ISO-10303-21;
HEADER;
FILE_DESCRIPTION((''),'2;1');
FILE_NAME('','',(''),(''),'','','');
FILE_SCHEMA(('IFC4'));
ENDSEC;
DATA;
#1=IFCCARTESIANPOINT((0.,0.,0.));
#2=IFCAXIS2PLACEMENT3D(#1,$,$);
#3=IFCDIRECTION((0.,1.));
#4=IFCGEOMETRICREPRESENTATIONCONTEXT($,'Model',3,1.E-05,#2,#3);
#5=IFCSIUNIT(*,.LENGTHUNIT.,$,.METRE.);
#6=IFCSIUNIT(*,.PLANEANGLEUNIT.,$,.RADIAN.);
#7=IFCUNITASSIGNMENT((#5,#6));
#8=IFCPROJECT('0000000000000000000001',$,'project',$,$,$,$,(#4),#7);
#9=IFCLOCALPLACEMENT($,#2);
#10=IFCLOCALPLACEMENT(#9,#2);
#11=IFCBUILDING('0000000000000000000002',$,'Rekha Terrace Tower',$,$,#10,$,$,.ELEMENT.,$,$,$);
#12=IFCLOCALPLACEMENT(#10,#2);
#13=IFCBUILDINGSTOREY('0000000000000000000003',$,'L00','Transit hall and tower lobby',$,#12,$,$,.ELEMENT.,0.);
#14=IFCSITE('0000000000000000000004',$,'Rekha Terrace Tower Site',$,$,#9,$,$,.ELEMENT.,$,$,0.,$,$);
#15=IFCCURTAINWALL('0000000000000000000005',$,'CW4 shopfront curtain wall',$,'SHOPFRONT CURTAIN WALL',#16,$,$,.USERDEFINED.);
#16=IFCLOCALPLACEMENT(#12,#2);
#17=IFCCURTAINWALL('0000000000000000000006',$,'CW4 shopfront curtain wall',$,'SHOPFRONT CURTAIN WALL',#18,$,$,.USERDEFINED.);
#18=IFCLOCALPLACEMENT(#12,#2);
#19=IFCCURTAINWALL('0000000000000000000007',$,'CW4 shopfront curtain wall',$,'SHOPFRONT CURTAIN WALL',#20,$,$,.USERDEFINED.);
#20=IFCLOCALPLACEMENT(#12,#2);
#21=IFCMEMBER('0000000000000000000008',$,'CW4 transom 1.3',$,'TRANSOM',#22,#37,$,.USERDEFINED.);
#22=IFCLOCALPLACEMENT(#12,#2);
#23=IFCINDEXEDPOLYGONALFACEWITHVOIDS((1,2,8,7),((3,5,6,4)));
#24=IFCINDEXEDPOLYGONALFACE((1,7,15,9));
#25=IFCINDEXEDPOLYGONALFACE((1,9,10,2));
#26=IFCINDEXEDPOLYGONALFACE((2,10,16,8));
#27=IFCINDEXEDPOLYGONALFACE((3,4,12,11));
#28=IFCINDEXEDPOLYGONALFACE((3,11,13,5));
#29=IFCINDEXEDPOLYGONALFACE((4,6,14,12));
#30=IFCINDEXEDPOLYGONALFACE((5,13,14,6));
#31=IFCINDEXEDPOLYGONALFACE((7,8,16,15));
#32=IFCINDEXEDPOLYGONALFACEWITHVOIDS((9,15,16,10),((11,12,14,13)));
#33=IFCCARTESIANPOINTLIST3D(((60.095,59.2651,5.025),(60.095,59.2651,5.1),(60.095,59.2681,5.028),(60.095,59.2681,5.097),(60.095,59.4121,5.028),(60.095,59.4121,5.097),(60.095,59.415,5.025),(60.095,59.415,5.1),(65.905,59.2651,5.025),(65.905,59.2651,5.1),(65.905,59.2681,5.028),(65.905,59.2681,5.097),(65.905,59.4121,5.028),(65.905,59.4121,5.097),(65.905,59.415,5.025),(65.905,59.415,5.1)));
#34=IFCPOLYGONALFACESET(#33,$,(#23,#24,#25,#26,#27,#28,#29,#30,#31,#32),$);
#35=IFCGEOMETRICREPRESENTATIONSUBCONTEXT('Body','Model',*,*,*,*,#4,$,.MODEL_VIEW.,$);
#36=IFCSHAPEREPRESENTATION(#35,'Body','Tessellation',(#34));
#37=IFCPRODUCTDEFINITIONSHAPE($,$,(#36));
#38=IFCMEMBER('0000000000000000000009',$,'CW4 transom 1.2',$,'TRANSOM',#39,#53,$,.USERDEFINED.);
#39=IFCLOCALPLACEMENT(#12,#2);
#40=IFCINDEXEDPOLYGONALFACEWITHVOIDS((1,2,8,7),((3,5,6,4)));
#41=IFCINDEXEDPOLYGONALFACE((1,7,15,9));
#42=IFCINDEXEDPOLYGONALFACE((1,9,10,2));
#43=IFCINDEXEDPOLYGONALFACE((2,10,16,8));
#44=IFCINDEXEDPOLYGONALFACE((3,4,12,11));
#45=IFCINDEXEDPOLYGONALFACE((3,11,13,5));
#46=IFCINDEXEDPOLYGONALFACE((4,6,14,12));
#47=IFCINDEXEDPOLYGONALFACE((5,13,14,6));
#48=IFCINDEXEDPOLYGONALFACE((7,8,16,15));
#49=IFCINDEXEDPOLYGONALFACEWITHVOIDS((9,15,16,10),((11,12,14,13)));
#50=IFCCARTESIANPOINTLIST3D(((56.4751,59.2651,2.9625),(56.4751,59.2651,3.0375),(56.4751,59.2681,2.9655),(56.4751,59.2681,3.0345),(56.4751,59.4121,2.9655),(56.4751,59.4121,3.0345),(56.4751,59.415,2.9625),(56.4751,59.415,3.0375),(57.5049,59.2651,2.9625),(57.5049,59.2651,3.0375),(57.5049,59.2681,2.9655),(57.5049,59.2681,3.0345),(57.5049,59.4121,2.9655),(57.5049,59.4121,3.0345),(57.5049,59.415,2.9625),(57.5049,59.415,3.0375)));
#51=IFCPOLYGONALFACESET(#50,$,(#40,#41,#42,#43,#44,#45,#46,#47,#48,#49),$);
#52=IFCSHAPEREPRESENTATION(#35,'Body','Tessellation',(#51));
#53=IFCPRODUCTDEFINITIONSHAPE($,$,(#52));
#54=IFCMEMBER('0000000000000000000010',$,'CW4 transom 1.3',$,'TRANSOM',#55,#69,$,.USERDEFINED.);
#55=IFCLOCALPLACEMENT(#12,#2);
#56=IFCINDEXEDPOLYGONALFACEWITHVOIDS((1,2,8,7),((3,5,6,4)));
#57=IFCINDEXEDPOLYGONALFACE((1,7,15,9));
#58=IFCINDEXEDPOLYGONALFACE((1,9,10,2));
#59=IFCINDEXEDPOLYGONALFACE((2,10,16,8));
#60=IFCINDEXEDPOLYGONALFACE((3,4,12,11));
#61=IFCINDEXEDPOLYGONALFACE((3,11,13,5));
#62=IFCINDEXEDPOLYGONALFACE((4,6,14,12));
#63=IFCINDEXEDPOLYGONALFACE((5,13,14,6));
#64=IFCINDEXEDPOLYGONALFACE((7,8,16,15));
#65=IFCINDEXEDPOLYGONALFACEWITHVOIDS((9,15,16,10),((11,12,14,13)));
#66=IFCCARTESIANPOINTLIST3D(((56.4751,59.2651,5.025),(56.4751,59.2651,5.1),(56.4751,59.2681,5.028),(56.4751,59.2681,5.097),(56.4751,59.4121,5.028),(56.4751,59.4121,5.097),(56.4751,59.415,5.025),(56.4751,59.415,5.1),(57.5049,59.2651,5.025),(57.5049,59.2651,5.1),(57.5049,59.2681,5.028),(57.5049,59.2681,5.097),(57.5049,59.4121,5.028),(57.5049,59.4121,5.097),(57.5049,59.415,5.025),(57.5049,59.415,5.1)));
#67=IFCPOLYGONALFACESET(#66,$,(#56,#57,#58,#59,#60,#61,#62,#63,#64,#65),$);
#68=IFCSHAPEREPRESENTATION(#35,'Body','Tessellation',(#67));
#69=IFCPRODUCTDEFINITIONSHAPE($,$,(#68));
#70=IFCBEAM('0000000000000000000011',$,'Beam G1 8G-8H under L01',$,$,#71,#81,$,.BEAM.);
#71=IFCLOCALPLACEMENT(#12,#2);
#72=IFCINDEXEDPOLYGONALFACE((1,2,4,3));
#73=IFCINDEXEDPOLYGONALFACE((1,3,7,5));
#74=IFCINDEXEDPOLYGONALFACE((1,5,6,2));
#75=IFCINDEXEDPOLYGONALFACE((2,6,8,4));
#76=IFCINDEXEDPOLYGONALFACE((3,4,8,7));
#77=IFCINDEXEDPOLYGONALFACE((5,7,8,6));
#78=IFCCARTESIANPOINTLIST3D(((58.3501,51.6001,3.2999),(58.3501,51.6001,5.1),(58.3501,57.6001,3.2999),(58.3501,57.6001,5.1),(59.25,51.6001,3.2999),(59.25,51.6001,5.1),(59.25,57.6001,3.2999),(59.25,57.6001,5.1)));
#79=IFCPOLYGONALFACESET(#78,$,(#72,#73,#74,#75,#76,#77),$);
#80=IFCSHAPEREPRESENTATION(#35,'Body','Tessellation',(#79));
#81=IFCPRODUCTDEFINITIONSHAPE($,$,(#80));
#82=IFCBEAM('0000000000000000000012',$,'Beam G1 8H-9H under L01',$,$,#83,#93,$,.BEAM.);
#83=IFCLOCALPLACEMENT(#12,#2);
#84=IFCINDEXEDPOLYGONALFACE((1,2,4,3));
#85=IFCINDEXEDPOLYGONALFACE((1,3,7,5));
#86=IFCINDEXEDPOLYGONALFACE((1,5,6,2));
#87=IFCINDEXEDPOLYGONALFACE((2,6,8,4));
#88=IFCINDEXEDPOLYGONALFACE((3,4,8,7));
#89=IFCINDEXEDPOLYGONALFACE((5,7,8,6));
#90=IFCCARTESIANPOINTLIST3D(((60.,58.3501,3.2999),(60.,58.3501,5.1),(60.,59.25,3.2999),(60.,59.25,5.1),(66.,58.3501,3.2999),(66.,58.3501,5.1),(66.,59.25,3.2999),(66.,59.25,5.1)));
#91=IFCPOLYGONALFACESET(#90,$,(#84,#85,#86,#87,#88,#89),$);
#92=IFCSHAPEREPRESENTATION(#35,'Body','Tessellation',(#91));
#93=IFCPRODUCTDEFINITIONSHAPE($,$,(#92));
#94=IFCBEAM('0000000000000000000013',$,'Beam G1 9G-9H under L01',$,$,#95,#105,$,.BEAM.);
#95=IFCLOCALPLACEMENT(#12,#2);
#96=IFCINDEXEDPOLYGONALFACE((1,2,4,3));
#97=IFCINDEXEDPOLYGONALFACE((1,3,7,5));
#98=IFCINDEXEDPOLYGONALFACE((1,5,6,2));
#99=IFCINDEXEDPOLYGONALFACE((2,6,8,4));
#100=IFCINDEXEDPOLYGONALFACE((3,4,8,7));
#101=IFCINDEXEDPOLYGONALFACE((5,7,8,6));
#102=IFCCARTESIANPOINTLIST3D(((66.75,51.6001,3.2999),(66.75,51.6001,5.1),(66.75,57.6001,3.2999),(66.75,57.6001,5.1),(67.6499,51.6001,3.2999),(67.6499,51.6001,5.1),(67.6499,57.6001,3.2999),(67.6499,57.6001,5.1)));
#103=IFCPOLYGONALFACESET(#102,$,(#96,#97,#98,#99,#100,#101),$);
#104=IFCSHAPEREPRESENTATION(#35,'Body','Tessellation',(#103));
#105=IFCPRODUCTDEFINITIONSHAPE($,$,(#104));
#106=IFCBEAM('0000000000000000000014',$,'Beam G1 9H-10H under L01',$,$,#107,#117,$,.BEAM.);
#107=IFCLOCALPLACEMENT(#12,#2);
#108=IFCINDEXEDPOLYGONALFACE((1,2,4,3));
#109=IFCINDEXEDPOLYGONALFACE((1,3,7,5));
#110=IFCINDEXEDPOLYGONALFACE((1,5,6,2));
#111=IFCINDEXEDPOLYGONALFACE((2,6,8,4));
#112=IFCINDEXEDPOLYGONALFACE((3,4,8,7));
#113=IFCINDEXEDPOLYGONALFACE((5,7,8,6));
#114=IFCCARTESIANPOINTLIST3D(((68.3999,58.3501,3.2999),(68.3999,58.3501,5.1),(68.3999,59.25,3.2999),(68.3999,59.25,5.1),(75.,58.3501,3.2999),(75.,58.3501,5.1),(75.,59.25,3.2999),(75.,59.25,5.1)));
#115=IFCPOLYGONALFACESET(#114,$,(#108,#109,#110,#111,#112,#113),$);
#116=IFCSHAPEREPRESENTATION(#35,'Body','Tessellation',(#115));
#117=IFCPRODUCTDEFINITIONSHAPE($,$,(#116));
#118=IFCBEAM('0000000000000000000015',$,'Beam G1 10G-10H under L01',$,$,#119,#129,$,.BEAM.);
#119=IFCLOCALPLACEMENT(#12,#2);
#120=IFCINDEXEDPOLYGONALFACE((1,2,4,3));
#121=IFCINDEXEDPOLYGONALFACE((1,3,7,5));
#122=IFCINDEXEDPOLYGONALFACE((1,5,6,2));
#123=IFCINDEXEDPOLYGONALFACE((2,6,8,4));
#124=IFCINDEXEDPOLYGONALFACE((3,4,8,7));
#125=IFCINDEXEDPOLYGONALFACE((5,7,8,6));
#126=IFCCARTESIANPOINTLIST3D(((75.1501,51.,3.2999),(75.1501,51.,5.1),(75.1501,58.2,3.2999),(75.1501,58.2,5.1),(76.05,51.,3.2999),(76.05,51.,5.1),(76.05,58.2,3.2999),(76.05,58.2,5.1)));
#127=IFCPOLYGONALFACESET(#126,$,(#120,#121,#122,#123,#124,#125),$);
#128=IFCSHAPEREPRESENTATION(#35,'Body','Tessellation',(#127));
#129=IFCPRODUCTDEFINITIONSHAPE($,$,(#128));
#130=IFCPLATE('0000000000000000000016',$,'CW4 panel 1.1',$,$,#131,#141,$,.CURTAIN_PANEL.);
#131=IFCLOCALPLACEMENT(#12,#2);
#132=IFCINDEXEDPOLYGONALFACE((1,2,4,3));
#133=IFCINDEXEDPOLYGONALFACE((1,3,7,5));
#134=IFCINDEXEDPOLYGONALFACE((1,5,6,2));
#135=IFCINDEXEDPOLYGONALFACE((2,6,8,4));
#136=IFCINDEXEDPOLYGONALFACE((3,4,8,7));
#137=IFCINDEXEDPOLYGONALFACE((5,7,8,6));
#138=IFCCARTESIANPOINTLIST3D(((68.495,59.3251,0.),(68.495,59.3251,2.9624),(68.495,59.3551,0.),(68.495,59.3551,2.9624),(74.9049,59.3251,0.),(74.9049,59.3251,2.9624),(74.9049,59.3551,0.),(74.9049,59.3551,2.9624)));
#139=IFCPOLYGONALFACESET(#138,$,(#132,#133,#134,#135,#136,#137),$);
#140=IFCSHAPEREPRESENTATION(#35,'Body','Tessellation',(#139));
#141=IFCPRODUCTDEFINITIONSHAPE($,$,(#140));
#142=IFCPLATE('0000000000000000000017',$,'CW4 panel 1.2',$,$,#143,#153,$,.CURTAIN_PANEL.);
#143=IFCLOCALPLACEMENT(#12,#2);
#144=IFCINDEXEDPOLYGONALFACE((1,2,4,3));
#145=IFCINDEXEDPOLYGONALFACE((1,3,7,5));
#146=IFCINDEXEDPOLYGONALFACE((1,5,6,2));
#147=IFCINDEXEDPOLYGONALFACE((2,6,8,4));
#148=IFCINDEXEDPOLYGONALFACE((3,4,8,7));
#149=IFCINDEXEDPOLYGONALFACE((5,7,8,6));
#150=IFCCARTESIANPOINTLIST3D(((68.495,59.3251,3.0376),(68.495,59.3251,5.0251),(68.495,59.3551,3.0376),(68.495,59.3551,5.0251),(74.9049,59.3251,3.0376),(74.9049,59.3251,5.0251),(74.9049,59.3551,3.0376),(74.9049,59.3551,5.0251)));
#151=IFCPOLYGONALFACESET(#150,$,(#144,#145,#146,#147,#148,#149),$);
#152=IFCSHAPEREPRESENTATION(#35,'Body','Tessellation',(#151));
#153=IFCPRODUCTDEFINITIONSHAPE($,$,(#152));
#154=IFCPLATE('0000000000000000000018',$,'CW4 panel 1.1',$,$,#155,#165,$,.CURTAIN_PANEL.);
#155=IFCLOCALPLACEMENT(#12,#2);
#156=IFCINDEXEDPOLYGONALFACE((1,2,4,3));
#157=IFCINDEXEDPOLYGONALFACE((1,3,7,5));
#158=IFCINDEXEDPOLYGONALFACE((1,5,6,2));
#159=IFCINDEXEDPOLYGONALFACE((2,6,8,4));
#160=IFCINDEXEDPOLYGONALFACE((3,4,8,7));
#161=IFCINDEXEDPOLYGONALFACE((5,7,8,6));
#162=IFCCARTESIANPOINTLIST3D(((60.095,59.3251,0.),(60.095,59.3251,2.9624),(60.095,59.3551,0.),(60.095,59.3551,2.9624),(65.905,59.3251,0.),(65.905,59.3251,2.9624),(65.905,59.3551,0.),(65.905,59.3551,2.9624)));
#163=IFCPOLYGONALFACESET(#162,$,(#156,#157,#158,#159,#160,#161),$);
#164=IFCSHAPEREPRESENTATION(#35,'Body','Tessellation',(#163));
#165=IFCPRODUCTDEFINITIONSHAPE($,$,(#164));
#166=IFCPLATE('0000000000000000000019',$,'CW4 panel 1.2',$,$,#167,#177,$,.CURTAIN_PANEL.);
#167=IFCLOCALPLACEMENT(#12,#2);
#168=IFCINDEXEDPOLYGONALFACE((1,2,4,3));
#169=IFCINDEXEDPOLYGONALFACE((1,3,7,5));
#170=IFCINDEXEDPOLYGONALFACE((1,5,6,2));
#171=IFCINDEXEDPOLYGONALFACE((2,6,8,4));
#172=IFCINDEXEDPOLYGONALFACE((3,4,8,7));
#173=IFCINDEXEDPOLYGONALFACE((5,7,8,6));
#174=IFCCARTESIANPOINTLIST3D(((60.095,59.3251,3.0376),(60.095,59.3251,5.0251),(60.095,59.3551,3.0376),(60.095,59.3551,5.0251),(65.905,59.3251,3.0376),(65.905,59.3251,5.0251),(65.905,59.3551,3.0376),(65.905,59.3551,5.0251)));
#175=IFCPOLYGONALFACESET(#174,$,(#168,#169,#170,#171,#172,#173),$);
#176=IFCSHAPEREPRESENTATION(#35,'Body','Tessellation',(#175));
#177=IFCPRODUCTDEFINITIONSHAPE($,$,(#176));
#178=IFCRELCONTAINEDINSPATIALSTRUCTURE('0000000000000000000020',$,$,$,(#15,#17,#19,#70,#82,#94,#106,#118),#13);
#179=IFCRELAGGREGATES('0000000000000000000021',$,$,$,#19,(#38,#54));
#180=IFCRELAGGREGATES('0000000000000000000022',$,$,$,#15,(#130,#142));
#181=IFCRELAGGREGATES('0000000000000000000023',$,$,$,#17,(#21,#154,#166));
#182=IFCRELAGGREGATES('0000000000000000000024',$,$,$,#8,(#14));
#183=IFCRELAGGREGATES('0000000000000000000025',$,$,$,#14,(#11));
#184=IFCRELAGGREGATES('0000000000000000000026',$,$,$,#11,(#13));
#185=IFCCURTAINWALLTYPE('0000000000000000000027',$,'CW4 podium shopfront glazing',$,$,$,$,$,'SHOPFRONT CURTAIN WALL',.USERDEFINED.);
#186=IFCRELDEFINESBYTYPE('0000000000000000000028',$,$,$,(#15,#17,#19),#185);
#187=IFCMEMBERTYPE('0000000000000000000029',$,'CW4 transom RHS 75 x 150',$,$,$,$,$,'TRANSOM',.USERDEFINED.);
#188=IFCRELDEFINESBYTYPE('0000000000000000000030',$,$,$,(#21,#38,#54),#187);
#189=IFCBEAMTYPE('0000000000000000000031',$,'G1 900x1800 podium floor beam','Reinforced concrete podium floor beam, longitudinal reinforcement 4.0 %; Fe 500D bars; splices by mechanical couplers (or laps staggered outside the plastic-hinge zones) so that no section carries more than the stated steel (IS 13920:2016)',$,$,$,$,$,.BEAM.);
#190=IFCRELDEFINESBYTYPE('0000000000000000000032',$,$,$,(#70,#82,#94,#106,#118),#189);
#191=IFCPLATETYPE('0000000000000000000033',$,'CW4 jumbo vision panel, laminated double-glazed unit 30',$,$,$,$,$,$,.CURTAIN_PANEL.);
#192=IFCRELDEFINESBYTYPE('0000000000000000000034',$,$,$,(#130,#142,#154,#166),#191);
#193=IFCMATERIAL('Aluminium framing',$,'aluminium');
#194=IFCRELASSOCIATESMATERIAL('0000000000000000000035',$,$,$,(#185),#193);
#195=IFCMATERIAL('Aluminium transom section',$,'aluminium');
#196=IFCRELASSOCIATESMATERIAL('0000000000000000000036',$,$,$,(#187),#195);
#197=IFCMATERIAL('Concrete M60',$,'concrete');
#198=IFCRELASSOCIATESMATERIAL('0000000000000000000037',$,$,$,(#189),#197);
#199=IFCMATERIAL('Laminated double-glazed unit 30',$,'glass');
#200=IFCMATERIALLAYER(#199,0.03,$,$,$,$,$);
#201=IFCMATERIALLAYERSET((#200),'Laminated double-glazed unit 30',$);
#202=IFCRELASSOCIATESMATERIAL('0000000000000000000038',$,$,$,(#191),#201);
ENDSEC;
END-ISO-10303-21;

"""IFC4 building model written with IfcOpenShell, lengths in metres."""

from ifc_helpers import new_model, si_unit, direction, frame, origin, origin_2d, place, context, subcontext, project, spatial, rectangle, hollow_rectangle, extrude, material, layer, layer_set, material_profile, profile_set, type_object, element, aggregate, save


model = new_model("IFC4")

# Units and contexts
model_context = context("Model", 3, precision=1e-05, world=origin(), true_north=direction((0.0, 1.0)))
body_context = subcontext(model_context, "Body", "Model", "MODEL_VIEW")
ifc_project = project(units=[si_unit("LENGTHUNIT", "METRE"), si_unit("PLANEANGLEUNIT", "RADIAN")], contexts=[model_context])

# Site, building, storey
site_placement = place(None, origin())
site = spatial("IfcSite", under=ifc_project, at=site_placement, Name="Rekha Terrace Tower Site", CompositionType="ELEMENT", RefElevation=0.0)
building_placement = place(site_placement, origin())
building = spatial("IfcBuilding", under=site, at=building_placement, Name="Rekha Terrace Tower", CompositionType="ELEMENT")
storey_placement = place(building_placement, origin())
storey = spatial("IfcBuildingStorey", under=building, at=storey_placement, Name="L00", Description="Transit hall and tower lobby", CompositionType="ELEMENT", Elevation=0.0)

# Shared definitions
ifc_material_1 = material(Name="Concrete M60", Category="concrete")

# Curtain walls
ifc_material_2 = material(Name="Aluminium framing", Category="aluminium")
curtain_wall_type = type_object("IfcCurtainWallType", Name="CW4 podium shopfront glazing", ElementType="SHOPFRONT CURTAIN WALL", PredefinedType="USERDEFINED", material=ifc_material_2)
curtain_wall_1_placement = place(storey_placement, origin())
curtain_wall_1 = element("IfcCurtainWall", 1, at=curtain_wall_1_placement, inside=storey, type_object=curtain_wall_type, Name="CW4 shopfront curtain wall", ObjectType="SHOPFRONT CURTAIN WALL", PredefinedType="USERDEFINED")
curtain_wall_2_placement = place(storey_placement, origin())
curtain_wall_2 = element("IfcCurtainWall", 2, at=curtain_wall_2_placement, inside=storey, type_object=curtain_wall_type, Name="CW4 shopfront curtain wall", ObjectType="SHOPFRONT CURTAIN WALL", PredefinedType="USERDEFINED")

# Curtain wall
curtain_wall_3_placement = place(storey_placement, origin())
curtain_wall_3 = element("IfcCurtainWall", 3, at=curtain_wall_3_placement, inside=storey, type_object=curtain_wall_type, Name="CW4 shopfront curtain wall", ObjectType="SHOPFRONT CURTAIN WALL", PredefinedType="USERDEFINED")

# Members
ifc_material_3 = material(Name="Aluminium transom section", Category="aluminium")
ifc_material_profile_1 = material_profile(ifc_material_3, hollow_rectangle(XDim=0.1499, YDim=0.075, WallThickness=0.0029, at=origin_2d()), Name="AL RHS 150x75")
ifc_profile_set_1 = profile_set([ifc_material_profile_1], Name="Aluminium transom section")
member_type_1 = type_object("IfcMemberType", Name="CW4 transom RHS 75 x 150", ElementType="TRANSOM", PredefinedType="USERDEFINED", material=ifc_profile_set_1)
member_1_placement = place(storey_placement, frame((65.905, 59.3401, 5.0625), z_axis=(-1.0, 0.0, 0.0), x_axis=(0.0, -1.0, 0.0)))
member_1 = element("IfcMember", 4, at=member_1_placement, type_object=member_type_1, Name="CW4 transom 1.3", ObjectType="TRANSOM", PredefinedType="USERDEFINED", context=body_context, shape_type="SweptSolid", body=[
    extrude(hollow_rectangle(XDim=0.1499, YDim=0.075, WallThickness=0.0029, at=origin_2d()), origin(), (0.0, 0.0, 1.0), 5.8101),
])
member_2_placement = place(storey_placement, frame((57.5049, 59.3401, 3.0), z_axis=(-1.0, 0.0, 0.0), x_axis=(0.0, -1.0, 0.0)))
member_2 = element("IfcMember", 5, at=member_2_placement, type_object=member_type_1, Name="CW4 transom 1.2", ObjectType="TRANSOM", PredefinedType="USERDEFINED", context=body_context, shape_type="SweptSolid", body=[
    extrude(hollow_rectangle(XDim=0.1499, YDim=0.075, WallThickness=0.0029, at=origin_2d()), origin(), (0.0, 0.0, 1.0), 1.0298),
])
member_3_placement = place(storey_placement, frame((57.5049, 59.3401, 5.0625), z_axis=(-1.0, 0.0, 0.0), x_axis=(0.0, -1.0, 0.0)))
member_3 = element("IfcMember", 6, at=member_3_placement, type_object=member_type_1, Name="CW4 transom 1.3", ObjectType="TRANSOM", PredefinedType="USERDEFINED", context=body_context, shape_type="SweptSolid", body=[
    extrude(hollow_rectangle(XDim=0.1499, YDim=0.075, WallThickness=0.0029, at=origin_2d()), origin(), (0.0, 0.0, 1.0), 1.0298),
])
aggregate(curtain_wall_3, [member_2, member_3])

# Beams
ifc_material_profile_2 = material_profile(ifc_material_1, rectangle(XDim=0.8999, YDim=1.8, at=origin_2d()), Name="RC 900x1800")
ifc_profile_set_2 = profile_set([ifc_material_profile_2], Name="Concrete M60")
beam_type = type_object("IfcBeamType", Name="G1 900x1800 podium floor beam", Description="Reinforced concrete podium floor beam, longitudinal reinforcement 4.0 %; Fe 500D bars; splices by mechanical couplers (or laps staggered outside the plastic-hinge zones) so that no section carries more than the stated steel (IS 13920:2016)", PredefinedType="BEAM", material=ifc_profile_set_2)
for number, where, z_axis, x_axis, name in (
    (7, (58.8, 51.6001, 4.2), (0.0, 1.0, 0.0), (-1.0, 0.0, 0.0), "Beam G1 8G-8H under L01"),
    (8, (60.0, 58.8, 4.2), (1.0, 0.0, 0.0), (0.0, 1.0, 0.0), "Beam G1 8H-9H under L01"),
    (9, (67.2, 51.6001, 4.2), (0.0, 1.0, 0.0), (-1.0, 0.0, 0.0), "Beam G1 9G-9H under L01"),
):
    element("IfcBeam", number, at=place(storey_placement, frame(where, z_axis=z_axis, x_axis=x_axis)), inside=storey, type_object=beam_type, Name=name, PredefinedType="BEAM", context=body_context, shape_type="SweptSolid", body=[
        extrude(rectangle(XDim=0.8999, YDim=1.8, at=origin_2d()), origin(), (0.0, 0.0, 1.0), 6.0),
    ])
beam_1_placement = place(storey_placement, frame((68.3999, 58.8, 4.2), z_axis=(1.0, 0.0, 0.0), x_axis=(0.0, 1.0, 0.0)))
element("IfcBeam", 10, at=beam_1_placement, inside=storey, type_object=beam_type, Name="Beam G1 9H-10H under L01", PredefinedType="BEAM", context=body_context, shape_type="SweptSolid", body=[
    extrude(rectangle(XDim=0.8999, YDim=1.8, at=origin_2d()), origin(), (0.0, 0.0, 1.0), 6.6001),
])
beam_2_placement = place(storey_placement, frame((75.6001, 51.0, 4.2), z_axis=(0.0, 1.0, 0.0), x_axis=(-1.0, 0.0, 0.0)))
element("IfcBeam", 11, at=beam_2_placement, inside=storey, type_object=beam_type, Name="Beam G1 10G-10H under L01", PredefinedType="BEAM", context=body_context, shape_type="SweptSolid", body=[
    extrude(rectangle(XDim=0.8999, YDim=1.8, at=origin_2d()), origin(), (0.0, 0.0, 1.0), 7.2),
])

# Plates
ifc_material_4 = material(Name="Laminated double-glazed unit 30", Category="glass")
ifc_layer_1 = layer(ifc_material_4, 0.03)
ifc_layer_set_1 = layer_set([ifc_layer_1], Name="Laminated double-glazed unit 30")
plate_type = type_object("IfcPlateType", Name="CW4 jumbo vision panel, laminated double-glazed unit 30", PredefinedType="CURTAIN_PANEL", material=ifc_layer_set_1)
plate_1_placement = place(storey_placement, frame((71.7, 59.3401, 0.0), z_axis=(0.0, 0.0, 1.0), x_axis=(-1.0, 0.0, 0.0)))
plate_1 = element("IfcPlate", 12, at=plate_1_placement, type_object=plate_type, Name="CW4 panel 1.1", PredefinedType="CURTAIN_PANEL", context=body_context, shape_type="SweptSolid", body=[
    extrude(rectangle(XDim=6.4099, YDim=0.03, at=origin_2d()), origin(), (0.0, 0.0, 1.0), 2.9624),
])
plate_2_placement = place(storey_placement, frame((71.7, 59.3401, 3.0376), z_axis=(0.0, 0.0, 1.0), x_axis=(-1.0, 0.0, 0.0)))
plate_2 = element("IfcPlate", 13, at=plate_2_placement, type_object=plate_type, Name="CW4 panel 1.2", PredefinedType="CURTAIN_PANEL", context=body_context, shape_type="SweptSolid", body=[
    extrude(rectangle(XDim=6.4099, YDim=0.03, at=origin_2d()), origin(), (0.0, 0.0, 1.0), 1.9875),
])
aggregate(curtain_wall_1, [plate_1, plate_2])
plate_3_placement = place(storey_placement, frame((63.0, 59.3401, 0.0), z_axis=(0.0, 0.0, 1.0), x_axis=(-1.0, 0.0, 0.0)))
plate_3 = element("IfcPlate", 14, at=plate_3_placement, type_object=plate_type, Name="CW4 panel 1.1", PredefinedType="CURTAIN_PANEL", context=body_context, shape_type="SweptSolid", body=[
    extrude(rectangle(XDim=5.8101, YDim=0.03, at=origin_2d()), origin(), (0.0, 0.0, 1.0), 2.9624),
])
plate_4_placement = place(storey_placement, frame((63.0, 59.3401, 3.0376), z_axis=(0.0, 0.0, 1.0), x_axis=(-1.0, 0.0, 0.0)))
plate_4 = element("IfcPlate", 15, at=plate_4_placement, type_object=plate_type, Name="CW4 panel 1.2", PredefinedType="CURTAIN_PANEL", context=body_context, shape_type="SweptSolid", body=[
    extrude(rectangle(XDim=5.8101, YDim=0.03, at=origin_2d()), origin(), (0.0, 0.0, 1.0), 1.9875),
])
aggregate(curtain_wall_2, [member_1, plate_3, plate_4])

save(model, "model.ifc")
